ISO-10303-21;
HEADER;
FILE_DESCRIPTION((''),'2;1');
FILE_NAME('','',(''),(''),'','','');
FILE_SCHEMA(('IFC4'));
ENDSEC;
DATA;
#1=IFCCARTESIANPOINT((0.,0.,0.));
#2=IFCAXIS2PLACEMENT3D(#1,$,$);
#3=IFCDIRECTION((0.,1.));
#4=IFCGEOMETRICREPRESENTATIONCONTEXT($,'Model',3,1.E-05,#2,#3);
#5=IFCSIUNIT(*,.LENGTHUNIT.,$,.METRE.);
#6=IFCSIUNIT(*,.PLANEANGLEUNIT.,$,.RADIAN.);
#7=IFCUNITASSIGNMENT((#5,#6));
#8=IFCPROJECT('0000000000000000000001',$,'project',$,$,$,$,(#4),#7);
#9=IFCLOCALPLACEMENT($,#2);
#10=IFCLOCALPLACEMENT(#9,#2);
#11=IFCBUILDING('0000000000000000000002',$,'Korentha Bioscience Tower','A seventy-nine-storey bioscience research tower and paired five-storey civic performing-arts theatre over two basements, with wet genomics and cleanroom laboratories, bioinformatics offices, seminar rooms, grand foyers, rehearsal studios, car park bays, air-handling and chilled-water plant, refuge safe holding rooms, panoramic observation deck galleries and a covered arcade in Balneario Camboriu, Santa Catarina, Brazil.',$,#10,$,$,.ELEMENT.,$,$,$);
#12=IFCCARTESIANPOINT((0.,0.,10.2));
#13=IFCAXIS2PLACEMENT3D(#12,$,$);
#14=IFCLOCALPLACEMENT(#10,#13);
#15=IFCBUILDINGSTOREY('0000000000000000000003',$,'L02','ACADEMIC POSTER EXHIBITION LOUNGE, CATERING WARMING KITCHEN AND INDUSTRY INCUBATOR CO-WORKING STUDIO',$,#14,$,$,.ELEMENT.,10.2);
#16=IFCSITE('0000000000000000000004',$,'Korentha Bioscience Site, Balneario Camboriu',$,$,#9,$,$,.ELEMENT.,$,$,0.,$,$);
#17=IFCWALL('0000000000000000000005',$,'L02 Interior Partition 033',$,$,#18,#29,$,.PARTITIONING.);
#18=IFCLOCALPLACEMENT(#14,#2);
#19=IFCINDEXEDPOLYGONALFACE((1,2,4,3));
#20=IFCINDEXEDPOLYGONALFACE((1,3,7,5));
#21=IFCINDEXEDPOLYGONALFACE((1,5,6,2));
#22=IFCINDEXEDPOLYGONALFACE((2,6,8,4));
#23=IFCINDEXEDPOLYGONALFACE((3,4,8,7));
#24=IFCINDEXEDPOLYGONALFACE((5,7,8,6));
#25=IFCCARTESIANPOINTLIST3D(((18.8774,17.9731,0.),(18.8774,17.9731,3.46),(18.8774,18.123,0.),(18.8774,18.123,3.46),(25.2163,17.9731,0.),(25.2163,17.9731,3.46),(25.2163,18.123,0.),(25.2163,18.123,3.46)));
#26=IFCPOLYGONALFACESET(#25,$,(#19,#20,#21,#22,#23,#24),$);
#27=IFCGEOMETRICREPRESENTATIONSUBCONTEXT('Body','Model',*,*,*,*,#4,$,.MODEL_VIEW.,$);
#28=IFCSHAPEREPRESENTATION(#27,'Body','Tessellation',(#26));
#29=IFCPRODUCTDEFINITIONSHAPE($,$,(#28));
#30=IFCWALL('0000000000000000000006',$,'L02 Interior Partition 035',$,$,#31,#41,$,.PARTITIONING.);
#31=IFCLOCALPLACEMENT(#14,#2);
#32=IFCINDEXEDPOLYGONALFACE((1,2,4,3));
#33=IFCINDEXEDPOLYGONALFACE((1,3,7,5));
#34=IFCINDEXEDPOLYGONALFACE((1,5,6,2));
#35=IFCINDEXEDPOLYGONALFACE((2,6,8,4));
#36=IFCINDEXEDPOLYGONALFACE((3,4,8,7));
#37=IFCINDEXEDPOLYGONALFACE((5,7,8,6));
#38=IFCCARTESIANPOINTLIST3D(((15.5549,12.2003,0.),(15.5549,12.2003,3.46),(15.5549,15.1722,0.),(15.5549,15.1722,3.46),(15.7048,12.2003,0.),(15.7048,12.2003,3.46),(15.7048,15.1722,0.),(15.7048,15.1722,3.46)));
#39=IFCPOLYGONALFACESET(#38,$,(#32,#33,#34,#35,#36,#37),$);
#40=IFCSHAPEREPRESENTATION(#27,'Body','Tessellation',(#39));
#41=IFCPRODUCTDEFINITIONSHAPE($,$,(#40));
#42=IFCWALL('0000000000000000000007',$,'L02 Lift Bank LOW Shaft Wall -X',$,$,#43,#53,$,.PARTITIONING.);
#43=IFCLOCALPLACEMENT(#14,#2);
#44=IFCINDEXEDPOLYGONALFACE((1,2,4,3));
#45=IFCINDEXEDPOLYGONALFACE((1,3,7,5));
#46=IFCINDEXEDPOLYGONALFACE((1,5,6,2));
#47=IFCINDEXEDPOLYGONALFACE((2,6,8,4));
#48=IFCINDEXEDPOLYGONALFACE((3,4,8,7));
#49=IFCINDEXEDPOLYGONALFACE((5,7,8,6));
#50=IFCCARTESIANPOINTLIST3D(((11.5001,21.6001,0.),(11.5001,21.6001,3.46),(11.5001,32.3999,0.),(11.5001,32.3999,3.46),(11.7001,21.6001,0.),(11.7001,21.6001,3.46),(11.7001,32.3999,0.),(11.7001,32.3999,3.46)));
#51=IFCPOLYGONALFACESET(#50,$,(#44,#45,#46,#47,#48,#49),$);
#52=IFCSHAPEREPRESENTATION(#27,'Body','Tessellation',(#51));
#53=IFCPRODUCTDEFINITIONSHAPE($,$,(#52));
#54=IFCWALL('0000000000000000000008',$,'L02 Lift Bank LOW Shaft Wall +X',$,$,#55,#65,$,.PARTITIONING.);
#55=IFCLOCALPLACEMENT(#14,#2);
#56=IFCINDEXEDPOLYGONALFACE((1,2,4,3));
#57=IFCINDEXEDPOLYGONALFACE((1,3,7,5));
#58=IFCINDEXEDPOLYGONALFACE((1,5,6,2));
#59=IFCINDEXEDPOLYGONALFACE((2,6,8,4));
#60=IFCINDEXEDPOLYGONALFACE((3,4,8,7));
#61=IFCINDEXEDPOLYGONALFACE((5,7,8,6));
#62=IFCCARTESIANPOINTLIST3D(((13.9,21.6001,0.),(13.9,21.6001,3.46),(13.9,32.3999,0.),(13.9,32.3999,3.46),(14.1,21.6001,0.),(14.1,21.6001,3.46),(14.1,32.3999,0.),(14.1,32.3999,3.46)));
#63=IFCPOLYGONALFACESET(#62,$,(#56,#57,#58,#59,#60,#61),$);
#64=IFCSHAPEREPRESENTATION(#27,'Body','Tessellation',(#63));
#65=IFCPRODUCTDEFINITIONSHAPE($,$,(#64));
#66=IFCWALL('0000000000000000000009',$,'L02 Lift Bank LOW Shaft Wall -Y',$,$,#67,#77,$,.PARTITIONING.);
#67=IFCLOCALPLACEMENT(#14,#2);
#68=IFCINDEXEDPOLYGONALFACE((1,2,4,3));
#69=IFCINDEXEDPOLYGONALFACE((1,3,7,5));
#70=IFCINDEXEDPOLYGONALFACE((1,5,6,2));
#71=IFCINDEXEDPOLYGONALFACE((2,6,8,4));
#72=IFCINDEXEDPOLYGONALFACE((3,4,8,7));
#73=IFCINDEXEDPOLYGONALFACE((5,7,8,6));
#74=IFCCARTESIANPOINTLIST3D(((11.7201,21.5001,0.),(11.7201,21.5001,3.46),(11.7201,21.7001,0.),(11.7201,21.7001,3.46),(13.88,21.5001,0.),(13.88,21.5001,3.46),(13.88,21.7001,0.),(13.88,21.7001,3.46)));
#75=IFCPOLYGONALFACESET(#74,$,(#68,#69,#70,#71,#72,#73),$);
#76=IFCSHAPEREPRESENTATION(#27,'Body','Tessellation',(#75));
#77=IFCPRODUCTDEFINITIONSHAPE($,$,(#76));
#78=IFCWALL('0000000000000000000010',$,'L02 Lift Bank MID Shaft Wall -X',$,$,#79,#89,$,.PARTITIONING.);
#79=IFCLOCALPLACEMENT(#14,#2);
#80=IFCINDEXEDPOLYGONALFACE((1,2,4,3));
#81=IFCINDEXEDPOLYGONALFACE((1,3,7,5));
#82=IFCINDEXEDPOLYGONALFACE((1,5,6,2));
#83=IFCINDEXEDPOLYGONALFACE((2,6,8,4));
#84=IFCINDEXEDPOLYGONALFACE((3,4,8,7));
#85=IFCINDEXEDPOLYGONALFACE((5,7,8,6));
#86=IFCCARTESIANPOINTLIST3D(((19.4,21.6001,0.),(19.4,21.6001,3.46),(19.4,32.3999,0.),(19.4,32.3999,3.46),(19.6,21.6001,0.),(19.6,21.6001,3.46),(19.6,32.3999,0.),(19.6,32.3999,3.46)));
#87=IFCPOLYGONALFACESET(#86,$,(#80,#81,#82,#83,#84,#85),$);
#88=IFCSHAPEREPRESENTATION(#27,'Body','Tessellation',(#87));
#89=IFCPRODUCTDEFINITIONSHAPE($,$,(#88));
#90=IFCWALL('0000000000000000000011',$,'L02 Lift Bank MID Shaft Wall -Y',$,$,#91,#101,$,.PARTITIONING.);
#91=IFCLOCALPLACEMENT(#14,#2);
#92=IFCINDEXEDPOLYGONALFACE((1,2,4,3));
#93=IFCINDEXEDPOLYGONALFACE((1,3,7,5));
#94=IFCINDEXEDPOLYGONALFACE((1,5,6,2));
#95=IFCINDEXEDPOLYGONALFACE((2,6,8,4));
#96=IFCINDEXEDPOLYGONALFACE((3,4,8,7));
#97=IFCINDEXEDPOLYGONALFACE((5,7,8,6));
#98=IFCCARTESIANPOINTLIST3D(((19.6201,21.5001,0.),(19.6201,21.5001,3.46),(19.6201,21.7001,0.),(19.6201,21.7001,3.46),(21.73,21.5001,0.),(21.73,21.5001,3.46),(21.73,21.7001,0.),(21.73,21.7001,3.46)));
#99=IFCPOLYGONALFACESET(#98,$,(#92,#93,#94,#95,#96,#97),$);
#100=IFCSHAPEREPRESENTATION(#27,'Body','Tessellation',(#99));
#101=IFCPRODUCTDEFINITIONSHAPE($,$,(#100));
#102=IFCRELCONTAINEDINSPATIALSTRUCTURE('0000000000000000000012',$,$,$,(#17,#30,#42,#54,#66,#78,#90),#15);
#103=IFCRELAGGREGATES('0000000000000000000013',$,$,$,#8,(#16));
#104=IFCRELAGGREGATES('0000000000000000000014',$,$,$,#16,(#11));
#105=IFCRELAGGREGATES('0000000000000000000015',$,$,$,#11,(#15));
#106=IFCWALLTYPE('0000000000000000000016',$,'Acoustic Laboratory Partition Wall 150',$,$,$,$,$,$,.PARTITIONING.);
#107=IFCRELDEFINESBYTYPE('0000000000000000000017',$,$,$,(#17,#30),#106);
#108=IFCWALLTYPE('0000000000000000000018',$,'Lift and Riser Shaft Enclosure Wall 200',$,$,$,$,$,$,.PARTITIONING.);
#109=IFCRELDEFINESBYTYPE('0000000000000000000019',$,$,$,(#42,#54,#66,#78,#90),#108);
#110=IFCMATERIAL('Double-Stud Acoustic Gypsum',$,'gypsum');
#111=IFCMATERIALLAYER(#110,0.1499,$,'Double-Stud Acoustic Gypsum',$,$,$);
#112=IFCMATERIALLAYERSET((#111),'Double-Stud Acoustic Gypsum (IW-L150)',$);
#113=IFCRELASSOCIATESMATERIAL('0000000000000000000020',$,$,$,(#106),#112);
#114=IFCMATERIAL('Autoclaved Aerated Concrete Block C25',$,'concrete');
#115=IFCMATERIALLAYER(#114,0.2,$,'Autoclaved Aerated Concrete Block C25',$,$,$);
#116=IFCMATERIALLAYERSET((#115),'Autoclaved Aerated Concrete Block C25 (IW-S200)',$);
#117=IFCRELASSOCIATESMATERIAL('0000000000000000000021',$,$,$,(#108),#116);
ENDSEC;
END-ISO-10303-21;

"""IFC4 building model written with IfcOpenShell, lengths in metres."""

from ifc_helpers import new_model, si_unit, direction, frame, frame_2d, origin, place, context, subcontext, project, spatial, rectangle, extrude, material, layer, layer_set, type_object, element, save


model = new_model("IFC4")

# Units and contexts
model_context = context("Model", 3, precision=1e-05, world=origin(), true_north=direction((0.0, 1.0)))
body_context = subcontext(model_context, "Body", "Model", "MODEL_VIEW")
ifc_project = project(units=[si_unit("LENGTHUNIT", "METRE"), si_unit("PLANEANGLEUNIT", "RADIAN")], contexts=[model_context])

# Site, building, storey
site_placement = place(None, origin())
site = spatial("IfcSite", under=ifc_project, at=site_placement, Name="Korentha Bioscience Site, Balneario Camboriu", CompositionType="ELEMENT", RefElevation=0.0)
building_placement = place(site_placement, origin())
building = spatial("IfcBuilding", under=site, at=building_placement, Name="Korentha Bioscience Tower", Description="A seventy-nine-storey bioscience research tower and paired five-storey civic performing-arts theatre over two basements, with wet genomics and cleanroom laboratories, bioinformatics offices, seminar rooms, grand foyers, rehearsal studios, car park bays, air-handling and chilled-water plant, refuge safe holding rooms, panoramic observation deck galleries and a covered arcade in Balneario Camboriu, Santa Catarina, Brazil.", CompositionType="ELEMENT")
storey_placement = place(building_placement, frame((0.0, 0.0, 10.2)))
storey = spatial("IfcBuildingStorey", under=building, at=storey_placement, Name="L02", Description="ACADEMIC POSTER EXHIBITION LOUNGE, CATERING WARMING KITCHEN AND INDUSTRY INCUBATOR CO-WORKING STUDIO", CompositionType="ELEMENT", Elevation=10.2)

# Walls
ifc_material_1 = material(Name="Double-Stud Acoustic Gypsum", Category="gypsum")
ifc_layer_1 = layer(ifc_material_1, 0.1499, Name="Double-Stud Acoustic Gypsum")
ifc_layer_set_1 = layer_set([ifc_layer_1], Name="Double-Stud Acoustic Gypsum (IW-L150)")
wall_type_1 = type_object("IfcWallType", Name="Acoustic Laboratory Partition Wall 150", PredefinedType="PARTITIONING", material=ifc_layer_set_1)
wall_1_placement = place(storey_placement, frame((18.8774, 18.0481, 0.0), z_axis=(0.0, 0.0, 1.0), x_axis=(1.0, 0.0, 0.0)))
element("IfcWall", 1, at=wall_1_placement, inside=storey, type_object=wall_type_1, Name="L02 Interior Partition 033", PredefinedType="PARTITIONING", context=body_context, shape_type="SweptSolid", body=[
    extrude(rectangle(XDim=6.3389, YDim=0.1499, at=frame_2d((3.1694, 0.0))), origin(), (0.0, 0.0, 1.0), 3.46),
])
wall_2_placement = place(storey_placement, frame((15.6299, 15.1721, 0.0), z_axis=(0.0, 0.0, 1.0), x_axis=(0.0, -1.0, 0.0)))
element("IfcWall", 2, at=wall_2_placement, inside=storey, type_object=wall_type_1, Name="L02 Interior Partition 035", PredefinedType="PARTITIONING", context=body_context, shape_type="SweptSolid", body=[
    extrude(rectangle(XDim=2.9719, YDim=0.1499, at=frame_2d((1.4858, 0.0))), origin(), (0.0, 0.0, 1.0), 3.46),
])
ifc_material_2 = material(Name="Autoclaved Aerated Concrete Block C25", Category="concrete")
ifc_layer_2 = layer(ifc_material_2, 0.2, Name="Autoclaved Aerated Concrete Block C25")
ifc_layer_set_2 = layer_set([ifc_layer_2], Name="Autoclaved Aerated Concrete Block C25 (IW-S200)")
wall_type_2 = type_object("IfcWallType", Name="Lift and Riser Shaft Enclosure Wall 200", PredefinedType="PARTITIONING", material=ifc_layer_set_2)
for number, where, z_axis, x_axis, name in (
    (3, (11.6001, 21.6001, 0.0), (0.0, 0.0, 1.0), (0.0, 1.0, 0.0), "L02 Lift Bank LOW Shaft Wall -X"),
    (4, (14.0, 21.6001, 0.0), (0.0, 0.0, 1.0), (0.0, 1.0, 0.0), "L02 Lift Bank LOW Shaft Wall +X"),
):
    element("IfcWall", number, at=place(storey_placement, frame(where, z_axis=z_axis, x_axis=x_axis)), inside=storey, type_object=wall_type_2, Name=name, PredefinedType="PARTITIONING", context=body_context, shape_type="SweptSolid", body=[
        extrude(rectangle(XDim=10.7998, YDim=0.2, at=frame_2d((5.3999, 0.0))), origin(), (0.0, 0.0, 1.0), 3.46),
    ])
wall_3_placement = place(storey_placement, frame((11.72, 21.6001, 0.0), z_axis=(0.0, 0.0, 1.0), x_axis=(1.0, 0.0, 0.0)))
element("IfcWall", 5, at=wall_3_placement, inside=storey, type_object=wall_type_2, Name="L02 Lift Bank LOW Shaft Wall -Y", PredefinedType="PARTITIONING", context=body_context, shape_type="SweptSolid", body=[
    extrude(rectangle(XDim=2.1599, YDim=0.2, at=frame_2d((1.0801, 0.0))), origin(), (0.0, 0.0, 1.0), 3.46),
])
wall_4_placement = place(storey_placement, frame((19.5, 21.6001, 0.0), z_axis=(0.0, 0.0, 1.0), x_axis=(0.0, 1.0, 0.0)))
element("IfcWall", 6, at=wall_4_placement, inside=storey, type_object=wall_type_2, Name="L02 Lift Bank MID Shaft Wall -X", PredefinedType="PARTITIONING", context=body_context, shape_type="SweptSolid", body=[
    extrude(rectangle(XDim=10.7998, YDim=0.2, at=frame_2d((5.3999, 0.0))), origin(), (0.0, 0.0, 1.0), 3.46),
])
wall_5_placement = place(storey_placement, frame((19.6201, 21.6001, 0.0), z_axis=(0.0, 0.0, 1.0), x_axis=(1.0, 0.0, 0.0)))
element("IfcWall", 7, at=wall_5_placement, inside=storey, type_object=wall_type_2, Name="L02 Lift Bank MID Shaft Wall -Y", PredefinedType="PARTITIONING", context=body_context, shape_type="SweptSolid", body=[
    extrude(rectangle(XDim=2.1099, YDim=0.2, at=frame_2d((1.0549, 0.0))), origin(), (0.0, 0.0, 1.0), 3.46),
])

save(model, "model.ifc")
